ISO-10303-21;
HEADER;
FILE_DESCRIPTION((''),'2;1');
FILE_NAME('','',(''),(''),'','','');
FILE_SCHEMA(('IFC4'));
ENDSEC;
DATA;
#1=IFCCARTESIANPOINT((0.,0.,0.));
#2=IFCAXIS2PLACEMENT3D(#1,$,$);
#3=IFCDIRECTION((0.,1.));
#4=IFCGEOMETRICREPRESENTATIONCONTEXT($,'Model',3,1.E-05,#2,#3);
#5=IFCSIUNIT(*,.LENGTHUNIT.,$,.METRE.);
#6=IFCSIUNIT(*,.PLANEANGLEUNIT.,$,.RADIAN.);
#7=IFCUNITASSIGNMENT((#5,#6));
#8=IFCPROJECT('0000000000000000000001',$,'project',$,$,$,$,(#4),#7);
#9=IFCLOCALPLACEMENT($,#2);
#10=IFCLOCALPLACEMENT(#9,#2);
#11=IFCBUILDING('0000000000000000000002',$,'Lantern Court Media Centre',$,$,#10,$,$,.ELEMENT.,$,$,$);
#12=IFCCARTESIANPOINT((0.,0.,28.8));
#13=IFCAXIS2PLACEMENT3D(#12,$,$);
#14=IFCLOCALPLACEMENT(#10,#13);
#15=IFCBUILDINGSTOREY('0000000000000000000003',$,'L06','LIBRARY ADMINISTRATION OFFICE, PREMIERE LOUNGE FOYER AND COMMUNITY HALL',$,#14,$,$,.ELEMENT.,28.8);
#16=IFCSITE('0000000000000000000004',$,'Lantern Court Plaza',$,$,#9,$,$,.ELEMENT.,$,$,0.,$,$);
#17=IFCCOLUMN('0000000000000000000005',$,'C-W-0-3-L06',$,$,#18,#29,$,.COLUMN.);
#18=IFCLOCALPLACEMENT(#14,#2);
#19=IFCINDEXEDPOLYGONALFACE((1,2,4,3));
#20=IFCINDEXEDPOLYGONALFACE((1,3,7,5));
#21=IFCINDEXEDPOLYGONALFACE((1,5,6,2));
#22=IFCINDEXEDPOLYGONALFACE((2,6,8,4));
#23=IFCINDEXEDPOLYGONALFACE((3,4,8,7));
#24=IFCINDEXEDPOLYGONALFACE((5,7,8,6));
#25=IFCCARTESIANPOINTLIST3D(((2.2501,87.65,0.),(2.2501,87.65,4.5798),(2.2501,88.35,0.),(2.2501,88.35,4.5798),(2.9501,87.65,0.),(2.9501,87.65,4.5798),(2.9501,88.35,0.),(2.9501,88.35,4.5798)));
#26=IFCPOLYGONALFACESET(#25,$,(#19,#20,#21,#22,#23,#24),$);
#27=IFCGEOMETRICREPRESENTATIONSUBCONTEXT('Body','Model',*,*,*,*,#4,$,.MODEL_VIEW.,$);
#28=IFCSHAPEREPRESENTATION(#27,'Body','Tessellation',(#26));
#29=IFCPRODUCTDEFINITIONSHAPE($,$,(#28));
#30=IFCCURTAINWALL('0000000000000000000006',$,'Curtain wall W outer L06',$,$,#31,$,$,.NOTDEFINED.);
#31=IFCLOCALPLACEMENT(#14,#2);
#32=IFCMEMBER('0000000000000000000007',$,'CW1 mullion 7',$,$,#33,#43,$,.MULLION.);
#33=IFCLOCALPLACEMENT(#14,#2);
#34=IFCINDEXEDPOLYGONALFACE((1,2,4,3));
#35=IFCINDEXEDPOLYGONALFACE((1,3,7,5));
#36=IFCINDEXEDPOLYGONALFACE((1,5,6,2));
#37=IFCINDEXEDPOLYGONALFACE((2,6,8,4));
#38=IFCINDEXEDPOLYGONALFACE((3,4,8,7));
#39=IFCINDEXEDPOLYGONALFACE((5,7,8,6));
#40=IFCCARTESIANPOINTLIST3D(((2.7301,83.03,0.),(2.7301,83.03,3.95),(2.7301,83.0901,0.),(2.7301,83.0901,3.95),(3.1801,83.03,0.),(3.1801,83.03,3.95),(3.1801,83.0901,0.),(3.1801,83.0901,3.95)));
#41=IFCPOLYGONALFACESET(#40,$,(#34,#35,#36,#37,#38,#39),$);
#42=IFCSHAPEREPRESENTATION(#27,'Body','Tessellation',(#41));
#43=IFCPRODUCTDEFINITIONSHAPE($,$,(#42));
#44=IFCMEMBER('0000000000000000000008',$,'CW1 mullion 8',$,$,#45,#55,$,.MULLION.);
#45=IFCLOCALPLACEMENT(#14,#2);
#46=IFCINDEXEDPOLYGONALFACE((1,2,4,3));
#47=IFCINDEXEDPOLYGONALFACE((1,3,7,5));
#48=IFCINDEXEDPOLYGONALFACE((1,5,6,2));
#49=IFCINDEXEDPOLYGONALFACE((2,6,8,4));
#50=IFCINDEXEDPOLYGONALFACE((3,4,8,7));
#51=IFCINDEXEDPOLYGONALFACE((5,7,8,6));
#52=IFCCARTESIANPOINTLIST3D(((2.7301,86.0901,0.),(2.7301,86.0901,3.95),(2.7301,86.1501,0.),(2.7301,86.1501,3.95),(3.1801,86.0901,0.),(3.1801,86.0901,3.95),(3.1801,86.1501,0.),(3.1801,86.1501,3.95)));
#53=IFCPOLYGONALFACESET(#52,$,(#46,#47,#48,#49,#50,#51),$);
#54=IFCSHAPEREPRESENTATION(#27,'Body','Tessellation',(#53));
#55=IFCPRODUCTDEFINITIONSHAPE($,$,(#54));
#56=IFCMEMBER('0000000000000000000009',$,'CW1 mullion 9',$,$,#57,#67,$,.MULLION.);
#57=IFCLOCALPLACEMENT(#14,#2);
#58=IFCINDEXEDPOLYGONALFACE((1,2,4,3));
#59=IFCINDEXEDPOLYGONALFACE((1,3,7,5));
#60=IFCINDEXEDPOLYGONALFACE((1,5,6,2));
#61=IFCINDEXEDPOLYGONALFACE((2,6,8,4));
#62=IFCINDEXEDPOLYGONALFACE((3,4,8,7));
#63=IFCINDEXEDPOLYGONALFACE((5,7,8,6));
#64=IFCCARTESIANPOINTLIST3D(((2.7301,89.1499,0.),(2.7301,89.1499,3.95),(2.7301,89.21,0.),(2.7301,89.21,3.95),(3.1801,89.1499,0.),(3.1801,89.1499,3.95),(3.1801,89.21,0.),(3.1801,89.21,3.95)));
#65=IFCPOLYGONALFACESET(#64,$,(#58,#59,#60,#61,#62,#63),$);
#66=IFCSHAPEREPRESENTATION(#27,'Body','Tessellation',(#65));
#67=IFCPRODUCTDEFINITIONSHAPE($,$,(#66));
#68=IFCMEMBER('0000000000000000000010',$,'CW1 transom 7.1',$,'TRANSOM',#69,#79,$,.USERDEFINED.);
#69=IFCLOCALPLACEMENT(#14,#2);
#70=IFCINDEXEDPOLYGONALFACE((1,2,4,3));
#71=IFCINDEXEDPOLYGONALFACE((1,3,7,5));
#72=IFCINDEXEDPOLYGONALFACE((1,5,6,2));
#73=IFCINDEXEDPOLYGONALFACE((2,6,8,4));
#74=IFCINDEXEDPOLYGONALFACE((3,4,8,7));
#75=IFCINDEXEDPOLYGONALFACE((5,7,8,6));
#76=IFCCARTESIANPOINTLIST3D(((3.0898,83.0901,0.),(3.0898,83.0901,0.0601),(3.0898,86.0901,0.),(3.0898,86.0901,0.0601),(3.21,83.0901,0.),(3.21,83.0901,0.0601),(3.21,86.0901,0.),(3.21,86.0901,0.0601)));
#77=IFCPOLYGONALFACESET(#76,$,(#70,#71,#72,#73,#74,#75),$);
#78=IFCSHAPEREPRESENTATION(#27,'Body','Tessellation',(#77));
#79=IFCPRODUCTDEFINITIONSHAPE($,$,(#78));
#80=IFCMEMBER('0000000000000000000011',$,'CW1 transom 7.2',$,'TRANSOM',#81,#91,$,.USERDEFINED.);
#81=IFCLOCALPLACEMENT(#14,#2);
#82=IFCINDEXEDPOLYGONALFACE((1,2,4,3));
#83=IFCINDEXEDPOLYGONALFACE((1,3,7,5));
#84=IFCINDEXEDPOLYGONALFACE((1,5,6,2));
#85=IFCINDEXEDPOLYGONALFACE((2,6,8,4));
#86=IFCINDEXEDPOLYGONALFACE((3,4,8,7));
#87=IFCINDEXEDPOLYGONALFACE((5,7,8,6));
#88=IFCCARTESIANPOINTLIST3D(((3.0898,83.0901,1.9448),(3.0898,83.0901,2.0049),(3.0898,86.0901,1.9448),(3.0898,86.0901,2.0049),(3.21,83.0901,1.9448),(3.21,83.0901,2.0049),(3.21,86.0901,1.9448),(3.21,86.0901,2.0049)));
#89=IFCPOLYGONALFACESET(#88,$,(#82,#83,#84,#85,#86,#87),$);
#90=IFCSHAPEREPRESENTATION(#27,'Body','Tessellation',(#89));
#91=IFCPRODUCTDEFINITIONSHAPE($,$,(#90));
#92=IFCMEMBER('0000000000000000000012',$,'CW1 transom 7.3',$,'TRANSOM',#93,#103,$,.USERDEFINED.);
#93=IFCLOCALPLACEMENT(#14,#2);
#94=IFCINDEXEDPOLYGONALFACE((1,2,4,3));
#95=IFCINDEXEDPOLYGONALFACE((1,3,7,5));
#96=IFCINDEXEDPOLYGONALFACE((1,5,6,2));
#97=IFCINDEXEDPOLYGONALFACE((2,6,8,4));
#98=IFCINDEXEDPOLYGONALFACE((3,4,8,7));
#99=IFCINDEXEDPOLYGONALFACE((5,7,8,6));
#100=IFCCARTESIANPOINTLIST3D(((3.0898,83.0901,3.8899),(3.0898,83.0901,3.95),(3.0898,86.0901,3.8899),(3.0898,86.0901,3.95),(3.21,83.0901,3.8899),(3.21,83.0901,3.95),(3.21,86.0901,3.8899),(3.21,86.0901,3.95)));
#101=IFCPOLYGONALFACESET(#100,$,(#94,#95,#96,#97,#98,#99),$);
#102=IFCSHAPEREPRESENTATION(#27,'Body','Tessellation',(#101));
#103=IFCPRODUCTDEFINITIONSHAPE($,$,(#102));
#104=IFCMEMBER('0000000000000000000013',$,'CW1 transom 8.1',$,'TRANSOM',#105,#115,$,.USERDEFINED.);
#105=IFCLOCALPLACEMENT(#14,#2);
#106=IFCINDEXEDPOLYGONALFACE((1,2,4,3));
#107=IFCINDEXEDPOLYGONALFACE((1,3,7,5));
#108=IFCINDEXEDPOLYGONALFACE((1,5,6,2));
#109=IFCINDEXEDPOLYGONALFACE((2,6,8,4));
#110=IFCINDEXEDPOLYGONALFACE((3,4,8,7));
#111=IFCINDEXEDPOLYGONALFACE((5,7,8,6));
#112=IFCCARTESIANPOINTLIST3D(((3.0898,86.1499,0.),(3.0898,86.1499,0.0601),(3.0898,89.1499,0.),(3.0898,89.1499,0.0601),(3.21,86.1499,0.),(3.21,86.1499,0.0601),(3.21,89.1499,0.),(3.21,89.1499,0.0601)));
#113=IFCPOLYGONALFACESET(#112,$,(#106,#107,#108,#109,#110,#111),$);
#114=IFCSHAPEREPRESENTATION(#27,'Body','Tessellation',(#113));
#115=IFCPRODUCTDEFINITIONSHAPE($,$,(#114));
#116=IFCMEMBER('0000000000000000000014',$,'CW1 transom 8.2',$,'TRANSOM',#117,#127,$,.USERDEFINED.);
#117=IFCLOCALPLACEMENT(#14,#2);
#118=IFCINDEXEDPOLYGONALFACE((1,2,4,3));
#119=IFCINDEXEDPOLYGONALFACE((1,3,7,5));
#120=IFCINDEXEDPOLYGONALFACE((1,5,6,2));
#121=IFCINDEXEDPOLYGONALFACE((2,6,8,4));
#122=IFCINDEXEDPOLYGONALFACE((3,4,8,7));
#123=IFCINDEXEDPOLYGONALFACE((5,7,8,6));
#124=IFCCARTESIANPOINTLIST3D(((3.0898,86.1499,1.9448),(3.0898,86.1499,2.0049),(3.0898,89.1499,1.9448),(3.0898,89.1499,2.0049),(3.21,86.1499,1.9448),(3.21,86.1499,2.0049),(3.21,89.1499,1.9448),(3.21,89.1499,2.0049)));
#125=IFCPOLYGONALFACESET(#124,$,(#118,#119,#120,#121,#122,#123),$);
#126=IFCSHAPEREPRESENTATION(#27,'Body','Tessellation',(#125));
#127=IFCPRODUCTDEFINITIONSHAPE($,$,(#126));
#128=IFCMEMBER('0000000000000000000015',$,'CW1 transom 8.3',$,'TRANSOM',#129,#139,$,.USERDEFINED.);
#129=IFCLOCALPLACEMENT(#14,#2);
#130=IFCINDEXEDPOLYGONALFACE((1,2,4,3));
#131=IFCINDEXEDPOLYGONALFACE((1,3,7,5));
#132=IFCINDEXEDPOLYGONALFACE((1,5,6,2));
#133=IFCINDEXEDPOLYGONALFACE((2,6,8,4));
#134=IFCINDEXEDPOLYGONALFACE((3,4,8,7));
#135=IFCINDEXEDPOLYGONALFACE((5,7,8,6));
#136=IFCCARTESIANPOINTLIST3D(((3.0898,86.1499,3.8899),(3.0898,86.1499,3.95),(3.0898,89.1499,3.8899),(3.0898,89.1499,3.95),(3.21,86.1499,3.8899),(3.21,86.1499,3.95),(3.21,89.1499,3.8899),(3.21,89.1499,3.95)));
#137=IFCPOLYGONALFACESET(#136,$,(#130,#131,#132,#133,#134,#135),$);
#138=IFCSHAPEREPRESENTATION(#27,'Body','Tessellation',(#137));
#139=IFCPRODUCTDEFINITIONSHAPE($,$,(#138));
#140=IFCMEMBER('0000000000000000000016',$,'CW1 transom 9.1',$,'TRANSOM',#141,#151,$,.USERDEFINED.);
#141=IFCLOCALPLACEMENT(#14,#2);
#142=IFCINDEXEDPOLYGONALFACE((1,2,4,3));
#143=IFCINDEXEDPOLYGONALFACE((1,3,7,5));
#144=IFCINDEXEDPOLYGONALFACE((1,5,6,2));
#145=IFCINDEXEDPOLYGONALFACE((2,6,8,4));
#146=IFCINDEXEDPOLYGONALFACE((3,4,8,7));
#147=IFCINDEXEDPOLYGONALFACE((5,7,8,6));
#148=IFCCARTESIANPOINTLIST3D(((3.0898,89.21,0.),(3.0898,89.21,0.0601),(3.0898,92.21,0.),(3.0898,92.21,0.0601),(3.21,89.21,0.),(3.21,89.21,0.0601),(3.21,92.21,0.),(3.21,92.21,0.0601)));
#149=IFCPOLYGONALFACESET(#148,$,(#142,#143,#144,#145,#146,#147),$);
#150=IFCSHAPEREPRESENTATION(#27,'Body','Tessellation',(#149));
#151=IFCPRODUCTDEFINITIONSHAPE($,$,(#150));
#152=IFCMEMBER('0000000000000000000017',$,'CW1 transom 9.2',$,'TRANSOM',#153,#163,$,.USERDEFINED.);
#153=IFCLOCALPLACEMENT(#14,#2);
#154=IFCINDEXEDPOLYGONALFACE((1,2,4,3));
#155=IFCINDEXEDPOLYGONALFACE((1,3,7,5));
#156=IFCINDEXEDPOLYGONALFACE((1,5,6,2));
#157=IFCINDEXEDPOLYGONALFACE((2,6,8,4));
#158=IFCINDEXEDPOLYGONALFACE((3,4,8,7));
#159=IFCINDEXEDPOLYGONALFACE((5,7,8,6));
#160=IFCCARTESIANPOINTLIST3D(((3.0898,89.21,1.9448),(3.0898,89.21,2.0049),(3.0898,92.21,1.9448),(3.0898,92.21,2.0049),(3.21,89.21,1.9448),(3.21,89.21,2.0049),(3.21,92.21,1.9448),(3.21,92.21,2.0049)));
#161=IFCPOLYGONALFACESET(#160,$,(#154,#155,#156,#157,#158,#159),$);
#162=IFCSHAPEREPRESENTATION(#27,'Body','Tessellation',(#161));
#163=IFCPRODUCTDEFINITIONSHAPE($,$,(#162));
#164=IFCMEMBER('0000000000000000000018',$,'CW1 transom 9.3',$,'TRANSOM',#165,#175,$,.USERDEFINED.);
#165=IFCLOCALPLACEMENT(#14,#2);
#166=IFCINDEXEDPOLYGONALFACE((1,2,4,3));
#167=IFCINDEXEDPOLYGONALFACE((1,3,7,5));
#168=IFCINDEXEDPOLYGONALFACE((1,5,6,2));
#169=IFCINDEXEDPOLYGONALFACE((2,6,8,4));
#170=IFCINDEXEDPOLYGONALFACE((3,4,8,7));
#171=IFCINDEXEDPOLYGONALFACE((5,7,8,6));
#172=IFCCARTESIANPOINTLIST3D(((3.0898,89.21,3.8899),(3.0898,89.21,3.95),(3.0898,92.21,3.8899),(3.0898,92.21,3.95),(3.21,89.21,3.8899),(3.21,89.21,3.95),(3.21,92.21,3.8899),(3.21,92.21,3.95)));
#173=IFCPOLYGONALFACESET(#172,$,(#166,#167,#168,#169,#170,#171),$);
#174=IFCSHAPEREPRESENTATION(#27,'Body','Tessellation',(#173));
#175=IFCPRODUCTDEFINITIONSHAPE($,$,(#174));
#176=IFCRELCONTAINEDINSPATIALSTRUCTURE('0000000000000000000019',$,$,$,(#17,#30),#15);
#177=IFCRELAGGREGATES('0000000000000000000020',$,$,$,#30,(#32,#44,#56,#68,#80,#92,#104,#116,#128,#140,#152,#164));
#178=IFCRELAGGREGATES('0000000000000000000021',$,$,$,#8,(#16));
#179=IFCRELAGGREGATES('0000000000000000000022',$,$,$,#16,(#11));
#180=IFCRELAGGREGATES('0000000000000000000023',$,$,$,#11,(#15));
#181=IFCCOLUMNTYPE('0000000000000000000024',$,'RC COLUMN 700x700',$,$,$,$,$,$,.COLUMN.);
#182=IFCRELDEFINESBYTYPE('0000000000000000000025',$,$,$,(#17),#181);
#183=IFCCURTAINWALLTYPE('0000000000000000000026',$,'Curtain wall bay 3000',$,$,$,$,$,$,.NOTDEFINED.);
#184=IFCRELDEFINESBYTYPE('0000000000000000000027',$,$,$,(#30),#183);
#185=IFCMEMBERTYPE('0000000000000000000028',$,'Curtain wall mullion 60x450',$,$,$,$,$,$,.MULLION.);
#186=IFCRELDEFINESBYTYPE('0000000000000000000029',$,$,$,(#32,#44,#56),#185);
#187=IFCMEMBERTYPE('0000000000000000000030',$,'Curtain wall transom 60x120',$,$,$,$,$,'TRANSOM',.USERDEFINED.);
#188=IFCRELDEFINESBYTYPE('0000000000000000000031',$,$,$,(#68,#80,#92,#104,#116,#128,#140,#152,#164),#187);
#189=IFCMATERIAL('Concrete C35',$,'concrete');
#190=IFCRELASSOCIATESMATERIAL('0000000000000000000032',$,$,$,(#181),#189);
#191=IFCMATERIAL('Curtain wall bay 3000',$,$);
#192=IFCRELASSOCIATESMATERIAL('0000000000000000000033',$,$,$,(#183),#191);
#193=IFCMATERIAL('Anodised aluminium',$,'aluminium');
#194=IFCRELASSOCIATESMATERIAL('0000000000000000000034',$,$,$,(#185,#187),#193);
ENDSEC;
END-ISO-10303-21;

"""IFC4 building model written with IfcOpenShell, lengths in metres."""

from ifc_helpers import new_model, si_unit, direction, frame, origin, origin_2d, place, context, subcontext, project, spatial, rectangle, extrude, material, material_profile, profile_set, type_object, element, aggregate, save


model = new_model("IFC4")

# Units and contexts
model_context = context("Model", 3, precision=1e-05, world=origin(), true_north=direction((0.0, 1.0)))
body_context = subcontext(model_context, "Body", "Model", "MODEL_VIEW")
ifc_project = project(units=[si_unit("LENGTHUNIT", "METRE"), si_unit("PLANEANGLEUNIT", "RADIAN")], contexts=[model_context])

# Site, building, storey
site_placement = place(None, origin())
site = spatial("IfcSite", under=ifc_project, at=site_placement, Name="Lantern Court Plaza", CompositionType="ELEMENT", RefElevation=0.0)
building_placement = place(site_placement, origin())
building = spatial("IfcBuilding", under=site, at=building_placement, Name="Lantern Court Media Centre", CompositionType="ELEMENT")
storey_placement = place(building_placement, frame((0.0, 0.0, 28.8)))
storey = spatial("IfcBuildingStorey", under=building, at=storey_placement, Name="L06", Description="LIBRARY ADMINISTRATION OFFICE, PREMIERE LOUNGE FOYER AND COMMUNITY HALL", CompositionType="ELEMENT", Elevation=28.8)

# Column
ifc_material_1 = material(Name="Concrete C35", Category="concrete")
ifc_material_profile_1 = material_profile(ifc_material_1, rectangle(XDim=0.7, YDim=0.7, at=origin_2d()), Name="RC 700x700")
ifc_profile_set_1 = profile_set([ifc_material_profile_1], Name="Concrete C35")
column_type = type_object("IfcColumnType", Name="RC COLUMN 700x700", PredefinedType="COLUMN", material=ifc_profile_set_1)
column_placement = place(storey_placement, frame((2.6001, 88.0, 0.0), z_axis=(0.0, 0.0, 1.0), x_axis=(1.0, 0.0, 0.0)))
element("IfcColumn", 1, at=column_placement, inside=storey, type_object=column_type, Name="C-W-0-3-L06", PredefinedType="COLUMN", context=body_context, shape_type="SweptSolid", body=[
    extrude(rectangle(XDim=0.7, YDim=0.7, at=origin_2d()), origin(), (0.0, 0.0, 1.0), 4.5798),
])

# Curtain wall, members
ifc_material_2 = material(Name="Curtain wall bay 3000")
curtain_wall_type = type_object("IfcCurtainWallType", Name="Curtain wall bay 3000", PredefinedType="NOTDEFINED", material=ifc_material_2)
curtain_wall_placement = place(storey_placement, origin())
curtain_wall = element("IfcCurtainWall", 2, at=curtain_wall_placement, inside=storey, type_object=curtain_wall_type, Name="Curtain wall W outer L06", PredefinedType="NOTDEFINED")
ifc_material_3 = material(Name="Anodised aluminium", Category="aluminium")
ifc_material_profile_2 = material_profile(ifc_material_3, rectangle(XDim=0.45, YDim=0.0601, at=origin_2d()), Name="AL 60x450")
ifc_profile_set_2 = profile_set([ifc_material_profile_2], Name="Anodised aluminium")
member_type_1 = type_object("IfcMemberType", Name="Curtain wall mullion 60x450", PredefinedType="MULLION", material=ifc_profile_set_2)
member_1_placement = place(storey_placement, frame((2.9551, 83.0601, 0.0), z_axis=(0.0, 0.0, 1.0), x_axis=(-1.0, 0.0, 0.0)))
member_1 = element("IfcMember", 3, at=member_1_placement, type_object=member_type_1, Name="CW1 mullion 7", PredefinedType="MULLION", context=body_context, shape_type="SweptSolid", body=[
    extrude(rectangle(XDim=0.45, YDim=0.0601, at=origin_2d()), origin(), (0.0, 0.0, 1.0), 3.95),
])
member_2_placement = place(storey_placement, frame((2.9551, 86.1201, 0.0), z_axis=(0.0, 0.0, 1.0), x_axis=(-1.0, 0.0, 0.0)))
member_2 = element("IfcMember", 4, at=member_2_placement, type_object=member_type_1, Name="CW1 mullion 8", PredefinedType="MULLION", context=body_context, shape_type="SweptSolid", body=[
    extrude(rectangle(XDim=0.45, YDim=0.0601, at=origin_2d()), origin(), (0.0, 0.0, 1.0), 3.95),
])
member_3_placement = place(storey_placement, frame((2.9551, 89.1799, 0.0), z_axis=(0.0, 0.0, 1.0), x_axis=(-1.0, 0.0, 0.0)))
member_3 = element("IfcMember", 5, at=member_3_placement, type_object=member_type_1, Name="CW1 mullion 9", PredefinedType="MULLION", context=body_context, shape_type="SweptSolid", body=[
    extrude(rectangle(XDim=0.45, YDim=0.0601, at=origin_2d()), origin(), (0.0, 0.0, 1.0), 3.95),
])
ifc_material_profile_3 = material_profile(ifc_material_3, rectangle(XDim=0.1201, YDim=0.0601, at=origin_2d()), Name="AL 60x120")
ifc_profile_set_3 = profile_set([ifc_material_profile_3], Name="Anodised aluminium")
member_type_2 = type_object("IfcMemberType", Name="Curtain wall transom 60x120", ElementType="TRANSOM", PredefinedType="USERDEFINED", material=ifc_profile_set_3)
member_4_placement = place(storey_placement, frame((3.1499, 83.0901, 0.03), z_axis=(0.0, 1.0, 0.0), x_axis=(-1.0, 0.0, 0.0)))
member_4 = element("IfcMember", 6, at=member_4_placement, type_object=member_type_2, Name="CW1 transom 7.1", ObjectType="TRANSOM", PredefinedType="USERDEFINED", context=body_context, shape_type="SweptSolid", body=[
    extrude(rectangle(XDim=0.1201, YDim=0.0601, at=origin_2d()), origin(), (0.0, 0.0, 1.0), 3.0),
])
member_5_placement = place(storey_placement, frame((3.1499, 83.0901, 1.9749), z_axis=(0.0, 1.0, 0.0), x_axis=(-1.0, 0.0, 0.0)))
member_5 = element("IfcMember", 7, at=member_5_placement, type_object=member_type_2, Name="CW1 transom 7.2", ObjectType="TRANSOM", PredefinedType="USERDEFINED", context=body_context, shape_type="SweptSolid", body=[
    extrude(rectangle(XDim=0.1201, YDim=0.0601, at=origin_2d()), origin(), (0.0, 0.0, 1.0), 3.0),
])
member_6_placement = place(storey_placement, frame((3.1499, 83.0901, 3.9199), z_axis=(0.0, 1.0, 0.0), x_axis=(-1.0, 0.0, 0.0)))
member_6 = element("IfcMember", 8, at=member_6_placement, type_object=member_type_2, Name="CW1 transom 7.3", ObjectType="TRANSOM", PredefinedType="USERDEFINED", context=body_context, shape_type="SweptSolid", body=[
    extrude(rectangle(XDim=0.1201, YDim=0.0601, at=origin_2d()), origin(), (0.0, 0.0, 1.0), 3.0),
])
member_7_placement = place(storey_placement, frame((3.1499, 86.1499, 0.03), z_axis=(0.0, 1.0, 0.0), x_axis=(-1.0, 0.0, 0.0)))
member_7 = element("IfcMember", 9, at=member_7_placement, type_object=member_type_2, Name="CW1 transom 8.1", ObjectType="TRANSOM", PredefinedType="USERDEFINED", context=body_context, shape_type="SweptSolid", body=[
    extrude(rectangle(XDim=0.1201, YDim=0.0601, at=origin_2d()), origin(), (0.0, 0.0, 1.0), 3.0),
])
member_8_placement = place(storey_placement, frame((3.1499, 86.1499, 1.9749), z_axis=(0.0, 1.0, 0.0), x_axis=(-1.0, 0.0, 0.0)))
member_8 = element("IfcMember", 10, at=member_8_placement, type_object=member_type_2, Name="CW1 transom 8.2", ObjectType="TRANSOM", PredefinedType="USERDEFINED", context=body_context, shape_type="SweptSolid", body=[
    extrude(rectangle(XDim=0.1201, YDim=0.0601, at=origin_2d()), origin(), (0.0, 0.0, 1.0), 3.0),
])
member_9_placement = place(storey_placement, frame((3.1499, 86.1499, 3.9199), z_axis=(0.0, 1.0, 0.0), x_axis=(-1.0, 0.0, 0.0)))
member_9 = element("IfcMember", 11, at=member_9_placement, type_object=member_type_2, Name="CW1 transom 8.3", ObjectType="TRANSOM", PredefinedType="USERDEFINED", context=body_context, shape_type="SweptSolid", body=[
    extrude(rectangle(XDim=0.1201, YDim=0.0601, at=origin_2d()), origin(), (0.0, 0.0, 1.0), 3.0),
])
member_10_placement = place(storey_placement, frame((3.1499, 89.21, 0.03), z_axis=(0.0, 1.0, 0.0), x_axis=(-1.0, 0.0, 0.0)))
member_10 = element("IfcMember", 12, at=member_10_placement, type_object=member_type_2, Name="CW1 transom 9.1", ObjectType="TRANSOM", PredefinedType="USERDEFINED", context=body_context, shape_type="SweptSolid", body=[
    extrude(rectangle(XDim=0.1201, YDim=0.0601, at=origin_2d()), origin(), (0.0, 0.0, 1.0), 3.0),
])
member_11_placement = place(storey_placement, frame((3.1499, 89.21, 1.9749), z_axis=(0.0, 1.0, 0.0), x_axis=(-1.0, 0.0, 0.0)))
member_11 = element("IfcMember", 13, at=member_11_placement, type_object=member_type_2, Name="CW1 transom 9.2", ObjectType="TRANSOM", PredefinedType="USERDEFINED", context=body_context, shape_type="SweptSolid", body=[
    extrude(rectangle(XDim=0.1201, YDim=0.0601, at=origin_2d()), origin(), (0.0, 0.0, 1.0), 3.0),
])
member_12_placement = place(storey_placement, frame((3.1499, 89.21, 3.9199), z_axis=(0.0, 1.0, 0.0), x_axis=(-1.0, 0.0, 0.0)))
member_12 = element("IfcMember", 14, at=member_12_placement, type_object=member_type_2, Name="CW1 transom 9.3", ObjectType="TRANSOM", PredefinedType="USERDEFINED", context=body_context, shape_type="SweptSolid", body=[
    extrude(rectangle(XDim=0.1201, YDim=0.0601, at=origin_2d()), origin(), (0.0, 0.0, 1.0), 3.0),
])

aggregate(curtain_wall, [member_1, member_2, member_3, member_4, member_5, member_6, member_7, member_8, member_9, member_10, member_11, member_12])

save(model, "model.ifc")
